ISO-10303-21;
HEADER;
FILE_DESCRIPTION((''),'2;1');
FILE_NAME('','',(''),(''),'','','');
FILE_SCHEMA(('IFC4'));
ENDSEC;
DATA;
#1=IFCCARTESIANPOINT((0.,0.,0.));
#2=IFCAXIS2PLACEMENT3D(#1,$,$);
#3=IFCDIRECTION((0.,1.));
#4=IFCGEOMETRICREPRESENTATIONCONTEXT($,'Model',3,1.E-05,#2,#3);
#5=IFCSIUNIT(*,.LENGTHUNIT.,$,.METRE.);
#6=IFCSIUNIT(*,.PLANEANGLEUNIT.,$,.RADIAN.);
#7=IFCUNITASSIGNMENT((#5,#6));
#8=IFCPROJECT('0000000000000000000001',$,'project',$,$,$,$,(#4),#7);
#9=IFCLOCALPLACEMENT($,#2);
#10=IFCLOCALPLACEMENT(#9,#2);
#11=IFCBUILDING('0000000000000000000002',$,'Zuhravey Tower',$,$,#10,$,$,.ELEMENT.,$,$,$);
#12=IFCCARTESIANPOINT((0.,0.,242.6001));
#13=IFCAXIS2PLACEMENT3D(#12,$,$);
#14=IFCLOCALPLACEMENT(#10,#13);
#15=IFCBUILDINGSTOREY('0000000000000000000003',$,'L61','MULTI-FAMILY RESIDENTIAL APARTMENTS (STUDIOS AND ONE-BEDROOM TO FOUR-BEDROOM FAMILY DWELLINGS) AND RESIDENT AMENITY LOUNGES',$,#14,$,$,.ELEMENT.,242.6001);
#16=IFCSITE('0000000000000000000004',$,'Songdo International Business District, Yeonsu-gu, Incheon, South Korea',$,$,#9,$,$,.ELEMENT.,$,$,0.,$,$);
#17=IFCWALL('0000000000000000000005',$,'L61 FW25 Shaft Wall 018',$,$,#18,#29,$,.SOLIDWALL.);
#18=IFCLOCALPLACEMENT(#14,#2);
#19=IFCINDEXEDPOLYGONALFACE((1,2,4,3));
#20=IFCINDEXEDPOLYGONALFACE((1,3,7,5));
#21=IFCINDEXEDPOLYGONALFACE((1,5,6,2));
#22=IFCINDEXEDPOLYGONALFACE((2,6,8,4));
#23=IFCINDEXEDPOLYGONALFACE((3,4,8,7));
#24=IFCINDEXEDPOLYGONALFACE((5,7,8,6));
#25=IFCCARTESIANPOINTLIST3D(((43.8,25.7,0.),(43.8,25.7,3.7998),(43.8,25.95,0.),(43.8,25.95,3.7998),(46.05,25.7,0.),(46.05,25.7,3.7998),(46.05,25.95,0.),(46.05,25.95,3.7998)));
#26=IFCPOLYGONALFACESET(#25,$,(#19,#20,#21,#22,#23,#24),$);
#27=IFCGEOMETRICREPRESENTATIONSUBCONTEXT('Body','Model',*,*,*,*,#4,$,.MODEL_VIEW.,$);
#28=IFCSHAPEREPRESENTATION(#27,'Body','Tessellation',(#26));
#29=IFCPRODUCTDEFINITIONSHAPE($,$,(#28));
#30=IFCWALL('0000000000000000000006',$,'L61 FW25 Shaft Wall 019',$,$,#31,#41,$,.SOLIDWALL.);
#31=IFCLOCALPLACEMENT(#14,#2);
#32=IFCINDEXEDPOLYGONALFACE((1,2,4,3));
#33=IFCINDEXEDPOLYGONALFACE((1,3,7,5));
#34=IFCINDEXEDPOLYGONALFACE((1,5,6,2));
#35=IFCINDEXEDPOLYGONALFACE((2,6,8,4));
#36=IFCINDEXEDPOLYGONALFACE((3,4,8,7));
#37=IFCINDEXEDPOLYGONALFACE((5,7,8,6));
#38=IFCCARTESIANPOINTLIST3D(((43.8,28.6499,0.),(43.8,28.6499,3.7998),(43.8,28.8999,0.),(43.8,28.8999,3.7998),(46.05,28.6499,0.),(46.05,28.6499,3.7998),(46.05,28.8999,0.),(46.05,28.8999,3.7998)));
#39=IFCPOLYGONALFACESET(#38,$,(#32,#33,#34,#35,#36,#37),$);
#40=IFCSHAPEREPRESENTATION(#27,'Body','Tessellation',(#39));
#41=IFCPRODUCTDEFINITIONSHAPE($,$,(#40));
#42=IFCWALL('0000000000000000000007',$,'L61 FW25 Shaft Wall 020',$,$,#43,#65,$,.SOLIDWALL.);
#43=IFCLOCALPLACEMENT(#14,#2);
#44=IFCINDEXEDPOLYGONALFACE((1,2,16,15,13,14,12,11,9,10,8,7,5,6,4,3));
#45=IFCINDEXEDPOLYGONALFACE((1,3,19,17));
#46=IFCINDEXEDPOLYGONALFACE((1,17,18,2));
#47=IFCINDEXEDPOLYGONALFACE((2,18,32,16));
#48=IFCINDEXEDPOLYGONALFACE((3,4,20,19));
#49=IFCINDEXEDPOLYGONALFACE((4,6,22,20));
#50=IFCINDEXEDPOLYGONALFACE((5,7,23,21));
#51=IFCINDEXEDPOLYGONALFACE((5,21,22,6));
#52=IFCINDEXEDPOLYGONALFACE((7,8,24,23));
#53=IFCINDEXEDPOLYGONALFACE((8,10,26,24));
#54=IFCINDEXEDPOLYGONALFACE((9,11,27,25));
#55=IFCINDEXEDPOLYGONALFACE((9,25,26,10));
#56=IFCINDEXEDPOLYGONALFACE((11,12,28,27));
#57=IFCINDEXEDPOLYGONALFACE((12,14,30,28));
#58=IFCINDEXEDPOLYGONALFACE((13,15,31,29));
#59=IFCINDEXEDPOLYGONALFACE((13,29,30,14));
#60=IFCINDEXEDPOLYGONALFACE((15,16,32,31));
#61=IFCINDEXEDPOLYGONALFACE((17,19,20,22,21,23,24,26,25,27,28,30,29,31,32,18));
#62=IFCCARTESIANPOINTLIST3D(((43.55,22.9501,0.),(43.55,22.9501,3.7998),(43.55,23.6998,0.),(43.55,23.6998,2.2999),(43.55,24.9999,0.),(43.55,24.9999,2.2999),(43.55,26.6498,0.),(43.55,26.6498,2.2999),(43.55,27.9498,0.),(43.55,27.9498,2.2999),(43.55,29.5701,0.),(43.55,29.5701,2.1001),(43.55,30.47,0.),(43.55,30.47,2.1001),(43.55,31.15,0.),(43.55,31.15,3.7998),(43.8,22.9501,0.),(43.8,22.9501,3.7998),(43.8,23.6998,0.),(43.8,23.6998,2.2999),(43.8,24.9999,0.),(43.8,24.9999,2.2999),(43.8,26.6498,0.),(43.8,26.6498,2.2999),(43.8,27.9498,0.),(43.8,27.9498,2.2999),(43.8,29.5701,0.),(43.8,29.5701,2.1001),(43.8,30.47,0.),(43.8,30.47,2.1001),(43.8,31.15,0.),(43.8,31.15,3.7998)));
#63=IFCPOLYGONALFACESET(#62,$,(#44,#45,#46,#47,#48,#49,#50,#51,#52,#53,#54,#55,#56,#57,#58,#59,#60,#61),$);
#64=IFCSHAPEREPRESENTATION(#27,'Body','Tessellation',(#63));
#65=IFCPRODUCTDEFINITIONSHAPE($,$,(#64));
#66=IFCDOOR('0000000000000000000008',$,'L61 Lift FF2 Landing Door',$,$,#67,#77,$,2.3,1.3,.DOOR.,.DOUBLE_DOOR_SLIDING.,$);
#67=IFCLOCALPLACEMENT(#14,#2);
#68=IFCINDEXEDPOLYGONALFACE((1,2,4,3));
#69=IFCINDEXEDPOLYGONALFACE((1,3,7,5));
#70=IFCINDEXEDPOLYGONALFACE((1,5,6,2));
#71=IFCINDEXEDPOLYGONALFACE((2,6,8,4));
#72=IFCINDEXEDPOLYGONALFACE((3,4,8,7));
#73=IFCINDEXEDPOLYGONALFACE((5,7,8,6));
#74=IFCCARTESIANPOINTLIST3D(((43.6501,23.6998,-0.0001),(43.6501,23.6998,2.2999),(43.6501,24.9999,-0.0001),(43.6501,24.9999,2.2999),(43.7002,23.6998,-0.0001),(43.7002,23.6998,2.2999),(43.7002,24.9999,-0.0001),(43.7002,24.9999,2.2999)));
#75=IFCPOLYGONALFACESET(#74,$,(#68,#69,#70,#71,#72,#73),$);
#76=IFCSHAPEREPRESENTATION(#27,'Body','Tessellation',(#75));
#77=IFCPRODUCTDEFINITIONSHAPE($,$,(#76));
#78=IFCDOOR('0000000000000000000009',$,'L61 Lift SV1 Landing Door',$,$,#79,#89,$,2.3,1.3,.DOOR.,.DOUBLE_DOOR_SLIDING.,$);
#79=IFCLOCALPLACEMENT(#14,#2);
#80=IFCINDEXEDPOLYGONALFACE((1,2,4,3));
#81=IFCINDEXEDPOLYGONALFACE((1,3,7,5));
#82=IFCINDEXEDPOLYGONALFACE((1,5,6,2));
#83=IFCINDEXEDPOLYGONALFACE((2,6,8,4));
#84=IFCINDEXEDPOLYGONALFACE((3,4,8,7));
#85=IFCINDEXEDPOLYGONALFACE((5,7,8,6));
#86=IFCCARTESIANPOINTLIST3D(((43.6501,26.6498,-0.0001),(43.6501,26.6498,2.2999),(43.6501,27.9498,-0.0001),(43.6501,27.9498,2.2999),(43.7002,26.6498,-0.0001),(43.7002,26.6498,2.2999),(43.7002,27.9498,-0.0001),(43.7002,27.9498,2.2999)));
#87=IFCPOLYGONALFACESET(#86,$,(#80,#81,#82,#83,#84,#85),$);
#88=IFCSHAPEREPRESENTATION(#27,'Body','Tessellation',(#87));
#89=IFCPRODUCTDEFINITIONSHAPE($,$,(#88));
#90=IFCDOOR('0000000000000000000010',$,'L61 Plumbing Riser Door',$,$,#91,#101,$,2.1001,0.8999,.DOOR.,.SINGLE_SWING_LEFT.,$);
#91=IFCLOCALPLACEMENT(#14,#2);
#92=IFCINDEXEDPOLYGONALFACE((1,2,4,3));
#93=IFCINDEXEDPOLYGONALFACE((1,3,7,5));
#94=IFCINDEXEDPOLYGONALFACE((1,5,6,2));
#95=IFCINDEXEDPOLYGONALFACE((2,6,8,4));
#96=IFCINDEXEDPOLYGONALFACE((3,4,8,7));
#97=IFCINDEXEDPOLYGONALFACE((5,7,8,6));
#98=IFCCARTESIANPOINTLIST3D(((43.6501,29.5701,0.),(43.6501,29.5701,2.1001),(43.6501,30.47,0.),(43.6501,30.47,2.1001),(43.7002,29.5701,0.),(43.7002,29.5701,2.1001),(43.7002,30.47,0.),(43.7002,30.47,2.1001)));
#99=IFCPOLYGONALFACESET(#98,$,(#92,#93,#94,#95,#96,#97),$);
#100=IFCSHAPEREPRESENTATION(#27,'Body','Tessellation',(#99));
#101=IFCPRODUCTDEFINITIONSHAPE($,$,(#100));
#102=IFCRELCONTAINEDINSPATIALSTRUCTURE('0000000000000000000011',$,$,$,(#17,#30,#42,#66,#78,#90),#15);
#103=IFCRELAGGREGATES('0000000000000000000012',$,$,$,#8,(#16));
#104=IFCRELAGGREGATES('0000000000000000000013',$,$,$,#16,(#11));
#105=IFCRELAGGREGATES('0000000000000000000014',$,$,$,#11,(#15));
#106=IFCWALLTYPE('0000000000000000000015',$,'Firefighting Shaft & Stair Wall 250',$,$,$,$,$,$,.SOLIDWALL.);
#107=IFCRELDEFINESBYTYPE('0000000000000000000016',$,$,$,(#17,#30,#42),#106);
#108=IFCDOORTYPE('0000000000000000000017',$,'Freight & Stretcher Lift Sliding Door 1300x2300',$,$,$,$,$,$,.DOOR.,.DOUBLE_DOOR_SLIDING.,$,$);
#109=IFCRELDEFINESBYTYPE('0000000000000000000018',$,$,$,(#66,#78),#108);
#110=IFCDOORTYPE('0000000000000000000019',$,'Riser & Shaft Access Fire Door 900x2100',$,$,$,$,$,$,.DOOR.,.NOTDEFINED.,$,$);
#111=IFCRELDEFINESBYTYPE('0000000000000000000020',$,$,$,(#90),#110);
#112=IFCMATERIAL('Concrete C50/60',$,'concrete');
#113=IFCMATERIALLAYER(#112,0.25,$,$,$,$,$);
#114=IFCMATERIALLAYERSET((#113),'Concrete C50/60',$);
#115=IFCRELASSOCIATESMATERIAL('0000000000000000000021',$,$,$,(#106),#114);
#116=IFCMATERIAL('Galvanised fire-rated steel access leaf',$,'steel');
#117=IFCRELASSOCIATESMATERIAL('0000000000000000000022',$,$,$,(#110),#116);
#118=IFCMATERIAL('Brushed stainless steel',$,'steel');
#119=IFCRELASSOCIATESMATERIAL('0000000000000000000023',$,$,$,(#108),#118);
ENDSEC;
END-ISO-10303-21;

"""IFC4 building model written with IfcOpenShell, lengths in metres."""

from ifc_helpers import new_model, si_unit, direction, frame, frame_2d, origin, place, context, subcontext, project, spatial, rectangle, extrude, material, layer, layer_set, type_object, element, fill, save


model = new_model("IFC4")

# Units and contexts
model_context = context("Model", 3, precision=1e-05, world=origin(), true_north=direction((0.0, 1.0)))
body_context = subcontext(model_context, "Body", "Model", "MODEL_VIEW")
ifc_project = project(units=[si_unit("LENGTHUNIT", "METRE"), si_unit("PLANEANGLEUNIT", "RADIAN")], contexts=[model_context])

# Site, building, storey
site_placement = place(None, origin())
site = spatial("IfcSite", under=ifc_project, at=site_placement, Name="Songdo International Business District, Yeonsu-gu, Incheon, South Korea", CompositionType="ELEMENT", RefElevation=0.0)
building_placement = place(site_placement, origin())
building = spatial("IfcBuilding", under=site, at=building_placement, Name="Zuhravey Tower", CompositionType="ELEMENT")
storey_placement = place(building_placement, frame((0.0, 0.0, 242.6001)))
storey = spatial("IfcBuildingStorey", under=building, at=storey_placement, Name="L61", Description="MULTI-FAMILY RESIDENTIAL APARTMENTS (STUDIOS AND ONE-BEDROOM TO FOUR-BEDROOM FAMILY DWELLINGS) AND RESIDENT AMENITY LOUNGES", CompositionType="ELEMENT", Elevation=242.6001)

# Shared definitions
ifc_material_1 = material(Name="Concrete C50/60", Category="concrete")
ifc_layer_1 = layer(ifc_material_1, 0.25)
ifc_layer_set_1 = layer_set([ifc_layer_1], Name="Concrete C50/60")
wall_type_1 = type_object("IfcWallType", Name="Firefighting Shaft & Stair Wall 250", PredefinedType="SOLIDWALL", material=ifc_layer_set_1)

# Shared definitions
ifc_material_2 = material(Name="Galvanised fire-rated steel access leaf", Category="steel")
door_type_1 = type_object("IfcDoorType", Name="Riser & Shaft Access Fire Door 900x2100", OperationType="NOTDEFINED", PredefinedType="DOOR", material=ifc_material_2)
ifc_material_3 = material(Name="Brushed stainless steel", Category="steel")

# Walls
for number, where, z_axis, x_axis, name in (
    (1, (43.8, 25.825, 0.0), (0.0, 0.0, 1.0), (1.0, 0.0, 0.0), "L61 FW25 Shaft Wall 018"),
    (2, (43.8, 28.7749, 0.0), (0.0, 0.0, 1.0), (1.0, 0.0, 0.0), "L61 FW25 Shaft Wall 019"),
):
    element("IfcWall", number, at=place(storey_placement, frame(where, z_axis=z_axis, x_axis=x_axis)), inside=storey, type_object=wall_type_1, Name=name, PredefinedType="SOLIDWALL", context=body_context, shape_type="SweptSolid", body=[
        extrude(rectangle(XDim=2.25, YDim=0.25, at=frame_2d((1.125, 0.0))), origin(), (0.0, 0.0, 1.0), 3.7998),
    ])

# Wall, openings, doors
wall_1_placement = place(storey_placement, frame((43.675, 22.95, 0.0), z_axis=(0.0, 0.0, 1.0), x_axis=(0.0, 1.0, 0.0)))
wall_1 = element("IfcWall", 3, at=wall_1_placement, inside=storey, type_object=wall_type_1, Name="L61 FW25 Shaft Wall 020", PredefinedType="SOLIDWALL", context=body_context, shape_type="SweptSolid", body=[
    extrude(rectangle(XDim=8.2, YDim=0.25, at=frame_2d((4.1001, 0.0))), origin(), (0.0, 0.0, 1.0), 3.7998),
])
opening_1_placement = place(wall_1_placement, frame((0.75, 0.0, 0.0)))
opening_1 = element("IfcOpeningElement", 4, at=opening_1_placement, cuts=wall_1, PredefinedType="OPENING", context=body_context, shape_type="SweptSolid", body=[
    extrude(rectangle(XDim=1.3, YDim=2.3, at=frame_2d((0.6499, 1.1499))), frame((0.0, 0.137, 0.0), z_axis=(0.0, -1.0, 0.0), x_axis=(1.0, 0.0, 0.0)), (0.0, 0.0, 1.0), 0.2739),
])
opening_2_placement = place(wall_1_placement, frame((3.7, 0.0, 0.0)))
opening_2 = element("IfcOpeningElement", 5, at=opening_2_placement, cuts=wall_1, PredefinedType="OPENING", context=body_context, shape_type="SweptSolid", body=[
    extrude(rectangle(XDim=1.3, YDim=2.3, at=frame_2d((0.6499, 1.1499))), frame((0.0, 0.137, 0.0), z_axis=(0.0, -1.0, 0.0), x_axis=(1.0, 0.0, 0.0)), (0.0, 0.0, 1.0), 0.2739),
])
opening_3_placement = place(wall_1_placement, frame((6.6201, 0.0, 0.0)))
opening_3 = element("IfcOpeningElement", 6, at=opening_3_placement, cuts=wall_1, PredefinedType="OPENING", context=body_context, shape_type="SweptSolid", body=[
    extrude(rectangle(XDim=0.8999, YDim=2.1001, at=frame_2d((0.45, 1.05))), frame((0.0, 0.137, 0.0), z_axis=(0.0, -1.0, 0.0), x_axis=(1.0, 0.0, 0.0)), (0.0, 0.0, 1.0), 0.2739),
])
door_type_2 = type_object("IfcDoorType", Name="Freight & Stretcher Lift Sliding Door 1300x2300", OperationType="DOUBLE_DOOR_SLIDING", PredefinedType="DOOR", material=ifc_material_3)
door_1_placement = place(opening_1_placement, origin())
door_1 = element("IfcDoor", 7, at=door_1_placement, inside=storey, type_object=door_type_2, Name="L61 Lift FF2 Landing Door", OperationType="DOUBLE_DOOR_SLIDING", OverallHeight=2.3, OverallWidth=1.3, PredefinedType="DOOR", context=body_context, shape_type="SweptSolid", body=[
    extrude(rectangle(XDim=1.3, YDim=2.3, at=frame_2d((0.6499, 1.1499))), frame((0.0, 0.0249, 0.0), z_axis=(0.0, -1.0, 0.0), x_axis=(1.0, 0.0, 0.0)), (0.0, 0.0, 1.0), 0.05),
])
fill(opening_1, door_1)
door_2_placement = place(opening_2_placement, origin())
door_2 = element("IfcDoor", 8, at=door_2_placement, inside=storey, type_object=door_type_2, Name="L61 Lift SV1 Landing Door", OperationType="DOUBLE_DOOR_SLIDING", OverallHeight=2.3, OverallWidth=1.3, PredefinedType="DOOR", context=body_context, shape_type="SweptSolid", body=[
    extrude(rectangle(XDim=1.3, YDim=2.3, at=frame_2d((0.6499, 1.1499))), frame((0.0, 0.0249, 0.0), z_axis=(0.0, -1.0, 0.0), x_axis=(1.0, 0.0, 0.0)), (0.0, 0.0, 1.0), 0.05),
])
fill(opening_2, door_2)
door_3_placement = place(opening_3_placement, origin())
door_3 = element("IfcDoor", 9, at=door_3_placement, inside=storey, type_object=door_type_1, Name="L61 Plumbing Riser Door", OperationType="SINGLE_SWING_LEFT", OverallHeight=2.1001, OverallWidth=0.8999, PredefinedType="DOOR", context=body_context, shape_type="SweptSolid", body=[
    extrude(rectangle(XDim=0.8999, YDim=2.1001, at=frame_2d((0.45, 1.05))), frame((0.0, 0.0249, 0.0), z_axis=(0.0, -1.0, 0.0), x_axis=(1.0, 0.0, 0.0)), (0.0, 0.0, 1.0), 0.05),
])
fill(opening_3, door_3)

save(model, "model.ifc")
